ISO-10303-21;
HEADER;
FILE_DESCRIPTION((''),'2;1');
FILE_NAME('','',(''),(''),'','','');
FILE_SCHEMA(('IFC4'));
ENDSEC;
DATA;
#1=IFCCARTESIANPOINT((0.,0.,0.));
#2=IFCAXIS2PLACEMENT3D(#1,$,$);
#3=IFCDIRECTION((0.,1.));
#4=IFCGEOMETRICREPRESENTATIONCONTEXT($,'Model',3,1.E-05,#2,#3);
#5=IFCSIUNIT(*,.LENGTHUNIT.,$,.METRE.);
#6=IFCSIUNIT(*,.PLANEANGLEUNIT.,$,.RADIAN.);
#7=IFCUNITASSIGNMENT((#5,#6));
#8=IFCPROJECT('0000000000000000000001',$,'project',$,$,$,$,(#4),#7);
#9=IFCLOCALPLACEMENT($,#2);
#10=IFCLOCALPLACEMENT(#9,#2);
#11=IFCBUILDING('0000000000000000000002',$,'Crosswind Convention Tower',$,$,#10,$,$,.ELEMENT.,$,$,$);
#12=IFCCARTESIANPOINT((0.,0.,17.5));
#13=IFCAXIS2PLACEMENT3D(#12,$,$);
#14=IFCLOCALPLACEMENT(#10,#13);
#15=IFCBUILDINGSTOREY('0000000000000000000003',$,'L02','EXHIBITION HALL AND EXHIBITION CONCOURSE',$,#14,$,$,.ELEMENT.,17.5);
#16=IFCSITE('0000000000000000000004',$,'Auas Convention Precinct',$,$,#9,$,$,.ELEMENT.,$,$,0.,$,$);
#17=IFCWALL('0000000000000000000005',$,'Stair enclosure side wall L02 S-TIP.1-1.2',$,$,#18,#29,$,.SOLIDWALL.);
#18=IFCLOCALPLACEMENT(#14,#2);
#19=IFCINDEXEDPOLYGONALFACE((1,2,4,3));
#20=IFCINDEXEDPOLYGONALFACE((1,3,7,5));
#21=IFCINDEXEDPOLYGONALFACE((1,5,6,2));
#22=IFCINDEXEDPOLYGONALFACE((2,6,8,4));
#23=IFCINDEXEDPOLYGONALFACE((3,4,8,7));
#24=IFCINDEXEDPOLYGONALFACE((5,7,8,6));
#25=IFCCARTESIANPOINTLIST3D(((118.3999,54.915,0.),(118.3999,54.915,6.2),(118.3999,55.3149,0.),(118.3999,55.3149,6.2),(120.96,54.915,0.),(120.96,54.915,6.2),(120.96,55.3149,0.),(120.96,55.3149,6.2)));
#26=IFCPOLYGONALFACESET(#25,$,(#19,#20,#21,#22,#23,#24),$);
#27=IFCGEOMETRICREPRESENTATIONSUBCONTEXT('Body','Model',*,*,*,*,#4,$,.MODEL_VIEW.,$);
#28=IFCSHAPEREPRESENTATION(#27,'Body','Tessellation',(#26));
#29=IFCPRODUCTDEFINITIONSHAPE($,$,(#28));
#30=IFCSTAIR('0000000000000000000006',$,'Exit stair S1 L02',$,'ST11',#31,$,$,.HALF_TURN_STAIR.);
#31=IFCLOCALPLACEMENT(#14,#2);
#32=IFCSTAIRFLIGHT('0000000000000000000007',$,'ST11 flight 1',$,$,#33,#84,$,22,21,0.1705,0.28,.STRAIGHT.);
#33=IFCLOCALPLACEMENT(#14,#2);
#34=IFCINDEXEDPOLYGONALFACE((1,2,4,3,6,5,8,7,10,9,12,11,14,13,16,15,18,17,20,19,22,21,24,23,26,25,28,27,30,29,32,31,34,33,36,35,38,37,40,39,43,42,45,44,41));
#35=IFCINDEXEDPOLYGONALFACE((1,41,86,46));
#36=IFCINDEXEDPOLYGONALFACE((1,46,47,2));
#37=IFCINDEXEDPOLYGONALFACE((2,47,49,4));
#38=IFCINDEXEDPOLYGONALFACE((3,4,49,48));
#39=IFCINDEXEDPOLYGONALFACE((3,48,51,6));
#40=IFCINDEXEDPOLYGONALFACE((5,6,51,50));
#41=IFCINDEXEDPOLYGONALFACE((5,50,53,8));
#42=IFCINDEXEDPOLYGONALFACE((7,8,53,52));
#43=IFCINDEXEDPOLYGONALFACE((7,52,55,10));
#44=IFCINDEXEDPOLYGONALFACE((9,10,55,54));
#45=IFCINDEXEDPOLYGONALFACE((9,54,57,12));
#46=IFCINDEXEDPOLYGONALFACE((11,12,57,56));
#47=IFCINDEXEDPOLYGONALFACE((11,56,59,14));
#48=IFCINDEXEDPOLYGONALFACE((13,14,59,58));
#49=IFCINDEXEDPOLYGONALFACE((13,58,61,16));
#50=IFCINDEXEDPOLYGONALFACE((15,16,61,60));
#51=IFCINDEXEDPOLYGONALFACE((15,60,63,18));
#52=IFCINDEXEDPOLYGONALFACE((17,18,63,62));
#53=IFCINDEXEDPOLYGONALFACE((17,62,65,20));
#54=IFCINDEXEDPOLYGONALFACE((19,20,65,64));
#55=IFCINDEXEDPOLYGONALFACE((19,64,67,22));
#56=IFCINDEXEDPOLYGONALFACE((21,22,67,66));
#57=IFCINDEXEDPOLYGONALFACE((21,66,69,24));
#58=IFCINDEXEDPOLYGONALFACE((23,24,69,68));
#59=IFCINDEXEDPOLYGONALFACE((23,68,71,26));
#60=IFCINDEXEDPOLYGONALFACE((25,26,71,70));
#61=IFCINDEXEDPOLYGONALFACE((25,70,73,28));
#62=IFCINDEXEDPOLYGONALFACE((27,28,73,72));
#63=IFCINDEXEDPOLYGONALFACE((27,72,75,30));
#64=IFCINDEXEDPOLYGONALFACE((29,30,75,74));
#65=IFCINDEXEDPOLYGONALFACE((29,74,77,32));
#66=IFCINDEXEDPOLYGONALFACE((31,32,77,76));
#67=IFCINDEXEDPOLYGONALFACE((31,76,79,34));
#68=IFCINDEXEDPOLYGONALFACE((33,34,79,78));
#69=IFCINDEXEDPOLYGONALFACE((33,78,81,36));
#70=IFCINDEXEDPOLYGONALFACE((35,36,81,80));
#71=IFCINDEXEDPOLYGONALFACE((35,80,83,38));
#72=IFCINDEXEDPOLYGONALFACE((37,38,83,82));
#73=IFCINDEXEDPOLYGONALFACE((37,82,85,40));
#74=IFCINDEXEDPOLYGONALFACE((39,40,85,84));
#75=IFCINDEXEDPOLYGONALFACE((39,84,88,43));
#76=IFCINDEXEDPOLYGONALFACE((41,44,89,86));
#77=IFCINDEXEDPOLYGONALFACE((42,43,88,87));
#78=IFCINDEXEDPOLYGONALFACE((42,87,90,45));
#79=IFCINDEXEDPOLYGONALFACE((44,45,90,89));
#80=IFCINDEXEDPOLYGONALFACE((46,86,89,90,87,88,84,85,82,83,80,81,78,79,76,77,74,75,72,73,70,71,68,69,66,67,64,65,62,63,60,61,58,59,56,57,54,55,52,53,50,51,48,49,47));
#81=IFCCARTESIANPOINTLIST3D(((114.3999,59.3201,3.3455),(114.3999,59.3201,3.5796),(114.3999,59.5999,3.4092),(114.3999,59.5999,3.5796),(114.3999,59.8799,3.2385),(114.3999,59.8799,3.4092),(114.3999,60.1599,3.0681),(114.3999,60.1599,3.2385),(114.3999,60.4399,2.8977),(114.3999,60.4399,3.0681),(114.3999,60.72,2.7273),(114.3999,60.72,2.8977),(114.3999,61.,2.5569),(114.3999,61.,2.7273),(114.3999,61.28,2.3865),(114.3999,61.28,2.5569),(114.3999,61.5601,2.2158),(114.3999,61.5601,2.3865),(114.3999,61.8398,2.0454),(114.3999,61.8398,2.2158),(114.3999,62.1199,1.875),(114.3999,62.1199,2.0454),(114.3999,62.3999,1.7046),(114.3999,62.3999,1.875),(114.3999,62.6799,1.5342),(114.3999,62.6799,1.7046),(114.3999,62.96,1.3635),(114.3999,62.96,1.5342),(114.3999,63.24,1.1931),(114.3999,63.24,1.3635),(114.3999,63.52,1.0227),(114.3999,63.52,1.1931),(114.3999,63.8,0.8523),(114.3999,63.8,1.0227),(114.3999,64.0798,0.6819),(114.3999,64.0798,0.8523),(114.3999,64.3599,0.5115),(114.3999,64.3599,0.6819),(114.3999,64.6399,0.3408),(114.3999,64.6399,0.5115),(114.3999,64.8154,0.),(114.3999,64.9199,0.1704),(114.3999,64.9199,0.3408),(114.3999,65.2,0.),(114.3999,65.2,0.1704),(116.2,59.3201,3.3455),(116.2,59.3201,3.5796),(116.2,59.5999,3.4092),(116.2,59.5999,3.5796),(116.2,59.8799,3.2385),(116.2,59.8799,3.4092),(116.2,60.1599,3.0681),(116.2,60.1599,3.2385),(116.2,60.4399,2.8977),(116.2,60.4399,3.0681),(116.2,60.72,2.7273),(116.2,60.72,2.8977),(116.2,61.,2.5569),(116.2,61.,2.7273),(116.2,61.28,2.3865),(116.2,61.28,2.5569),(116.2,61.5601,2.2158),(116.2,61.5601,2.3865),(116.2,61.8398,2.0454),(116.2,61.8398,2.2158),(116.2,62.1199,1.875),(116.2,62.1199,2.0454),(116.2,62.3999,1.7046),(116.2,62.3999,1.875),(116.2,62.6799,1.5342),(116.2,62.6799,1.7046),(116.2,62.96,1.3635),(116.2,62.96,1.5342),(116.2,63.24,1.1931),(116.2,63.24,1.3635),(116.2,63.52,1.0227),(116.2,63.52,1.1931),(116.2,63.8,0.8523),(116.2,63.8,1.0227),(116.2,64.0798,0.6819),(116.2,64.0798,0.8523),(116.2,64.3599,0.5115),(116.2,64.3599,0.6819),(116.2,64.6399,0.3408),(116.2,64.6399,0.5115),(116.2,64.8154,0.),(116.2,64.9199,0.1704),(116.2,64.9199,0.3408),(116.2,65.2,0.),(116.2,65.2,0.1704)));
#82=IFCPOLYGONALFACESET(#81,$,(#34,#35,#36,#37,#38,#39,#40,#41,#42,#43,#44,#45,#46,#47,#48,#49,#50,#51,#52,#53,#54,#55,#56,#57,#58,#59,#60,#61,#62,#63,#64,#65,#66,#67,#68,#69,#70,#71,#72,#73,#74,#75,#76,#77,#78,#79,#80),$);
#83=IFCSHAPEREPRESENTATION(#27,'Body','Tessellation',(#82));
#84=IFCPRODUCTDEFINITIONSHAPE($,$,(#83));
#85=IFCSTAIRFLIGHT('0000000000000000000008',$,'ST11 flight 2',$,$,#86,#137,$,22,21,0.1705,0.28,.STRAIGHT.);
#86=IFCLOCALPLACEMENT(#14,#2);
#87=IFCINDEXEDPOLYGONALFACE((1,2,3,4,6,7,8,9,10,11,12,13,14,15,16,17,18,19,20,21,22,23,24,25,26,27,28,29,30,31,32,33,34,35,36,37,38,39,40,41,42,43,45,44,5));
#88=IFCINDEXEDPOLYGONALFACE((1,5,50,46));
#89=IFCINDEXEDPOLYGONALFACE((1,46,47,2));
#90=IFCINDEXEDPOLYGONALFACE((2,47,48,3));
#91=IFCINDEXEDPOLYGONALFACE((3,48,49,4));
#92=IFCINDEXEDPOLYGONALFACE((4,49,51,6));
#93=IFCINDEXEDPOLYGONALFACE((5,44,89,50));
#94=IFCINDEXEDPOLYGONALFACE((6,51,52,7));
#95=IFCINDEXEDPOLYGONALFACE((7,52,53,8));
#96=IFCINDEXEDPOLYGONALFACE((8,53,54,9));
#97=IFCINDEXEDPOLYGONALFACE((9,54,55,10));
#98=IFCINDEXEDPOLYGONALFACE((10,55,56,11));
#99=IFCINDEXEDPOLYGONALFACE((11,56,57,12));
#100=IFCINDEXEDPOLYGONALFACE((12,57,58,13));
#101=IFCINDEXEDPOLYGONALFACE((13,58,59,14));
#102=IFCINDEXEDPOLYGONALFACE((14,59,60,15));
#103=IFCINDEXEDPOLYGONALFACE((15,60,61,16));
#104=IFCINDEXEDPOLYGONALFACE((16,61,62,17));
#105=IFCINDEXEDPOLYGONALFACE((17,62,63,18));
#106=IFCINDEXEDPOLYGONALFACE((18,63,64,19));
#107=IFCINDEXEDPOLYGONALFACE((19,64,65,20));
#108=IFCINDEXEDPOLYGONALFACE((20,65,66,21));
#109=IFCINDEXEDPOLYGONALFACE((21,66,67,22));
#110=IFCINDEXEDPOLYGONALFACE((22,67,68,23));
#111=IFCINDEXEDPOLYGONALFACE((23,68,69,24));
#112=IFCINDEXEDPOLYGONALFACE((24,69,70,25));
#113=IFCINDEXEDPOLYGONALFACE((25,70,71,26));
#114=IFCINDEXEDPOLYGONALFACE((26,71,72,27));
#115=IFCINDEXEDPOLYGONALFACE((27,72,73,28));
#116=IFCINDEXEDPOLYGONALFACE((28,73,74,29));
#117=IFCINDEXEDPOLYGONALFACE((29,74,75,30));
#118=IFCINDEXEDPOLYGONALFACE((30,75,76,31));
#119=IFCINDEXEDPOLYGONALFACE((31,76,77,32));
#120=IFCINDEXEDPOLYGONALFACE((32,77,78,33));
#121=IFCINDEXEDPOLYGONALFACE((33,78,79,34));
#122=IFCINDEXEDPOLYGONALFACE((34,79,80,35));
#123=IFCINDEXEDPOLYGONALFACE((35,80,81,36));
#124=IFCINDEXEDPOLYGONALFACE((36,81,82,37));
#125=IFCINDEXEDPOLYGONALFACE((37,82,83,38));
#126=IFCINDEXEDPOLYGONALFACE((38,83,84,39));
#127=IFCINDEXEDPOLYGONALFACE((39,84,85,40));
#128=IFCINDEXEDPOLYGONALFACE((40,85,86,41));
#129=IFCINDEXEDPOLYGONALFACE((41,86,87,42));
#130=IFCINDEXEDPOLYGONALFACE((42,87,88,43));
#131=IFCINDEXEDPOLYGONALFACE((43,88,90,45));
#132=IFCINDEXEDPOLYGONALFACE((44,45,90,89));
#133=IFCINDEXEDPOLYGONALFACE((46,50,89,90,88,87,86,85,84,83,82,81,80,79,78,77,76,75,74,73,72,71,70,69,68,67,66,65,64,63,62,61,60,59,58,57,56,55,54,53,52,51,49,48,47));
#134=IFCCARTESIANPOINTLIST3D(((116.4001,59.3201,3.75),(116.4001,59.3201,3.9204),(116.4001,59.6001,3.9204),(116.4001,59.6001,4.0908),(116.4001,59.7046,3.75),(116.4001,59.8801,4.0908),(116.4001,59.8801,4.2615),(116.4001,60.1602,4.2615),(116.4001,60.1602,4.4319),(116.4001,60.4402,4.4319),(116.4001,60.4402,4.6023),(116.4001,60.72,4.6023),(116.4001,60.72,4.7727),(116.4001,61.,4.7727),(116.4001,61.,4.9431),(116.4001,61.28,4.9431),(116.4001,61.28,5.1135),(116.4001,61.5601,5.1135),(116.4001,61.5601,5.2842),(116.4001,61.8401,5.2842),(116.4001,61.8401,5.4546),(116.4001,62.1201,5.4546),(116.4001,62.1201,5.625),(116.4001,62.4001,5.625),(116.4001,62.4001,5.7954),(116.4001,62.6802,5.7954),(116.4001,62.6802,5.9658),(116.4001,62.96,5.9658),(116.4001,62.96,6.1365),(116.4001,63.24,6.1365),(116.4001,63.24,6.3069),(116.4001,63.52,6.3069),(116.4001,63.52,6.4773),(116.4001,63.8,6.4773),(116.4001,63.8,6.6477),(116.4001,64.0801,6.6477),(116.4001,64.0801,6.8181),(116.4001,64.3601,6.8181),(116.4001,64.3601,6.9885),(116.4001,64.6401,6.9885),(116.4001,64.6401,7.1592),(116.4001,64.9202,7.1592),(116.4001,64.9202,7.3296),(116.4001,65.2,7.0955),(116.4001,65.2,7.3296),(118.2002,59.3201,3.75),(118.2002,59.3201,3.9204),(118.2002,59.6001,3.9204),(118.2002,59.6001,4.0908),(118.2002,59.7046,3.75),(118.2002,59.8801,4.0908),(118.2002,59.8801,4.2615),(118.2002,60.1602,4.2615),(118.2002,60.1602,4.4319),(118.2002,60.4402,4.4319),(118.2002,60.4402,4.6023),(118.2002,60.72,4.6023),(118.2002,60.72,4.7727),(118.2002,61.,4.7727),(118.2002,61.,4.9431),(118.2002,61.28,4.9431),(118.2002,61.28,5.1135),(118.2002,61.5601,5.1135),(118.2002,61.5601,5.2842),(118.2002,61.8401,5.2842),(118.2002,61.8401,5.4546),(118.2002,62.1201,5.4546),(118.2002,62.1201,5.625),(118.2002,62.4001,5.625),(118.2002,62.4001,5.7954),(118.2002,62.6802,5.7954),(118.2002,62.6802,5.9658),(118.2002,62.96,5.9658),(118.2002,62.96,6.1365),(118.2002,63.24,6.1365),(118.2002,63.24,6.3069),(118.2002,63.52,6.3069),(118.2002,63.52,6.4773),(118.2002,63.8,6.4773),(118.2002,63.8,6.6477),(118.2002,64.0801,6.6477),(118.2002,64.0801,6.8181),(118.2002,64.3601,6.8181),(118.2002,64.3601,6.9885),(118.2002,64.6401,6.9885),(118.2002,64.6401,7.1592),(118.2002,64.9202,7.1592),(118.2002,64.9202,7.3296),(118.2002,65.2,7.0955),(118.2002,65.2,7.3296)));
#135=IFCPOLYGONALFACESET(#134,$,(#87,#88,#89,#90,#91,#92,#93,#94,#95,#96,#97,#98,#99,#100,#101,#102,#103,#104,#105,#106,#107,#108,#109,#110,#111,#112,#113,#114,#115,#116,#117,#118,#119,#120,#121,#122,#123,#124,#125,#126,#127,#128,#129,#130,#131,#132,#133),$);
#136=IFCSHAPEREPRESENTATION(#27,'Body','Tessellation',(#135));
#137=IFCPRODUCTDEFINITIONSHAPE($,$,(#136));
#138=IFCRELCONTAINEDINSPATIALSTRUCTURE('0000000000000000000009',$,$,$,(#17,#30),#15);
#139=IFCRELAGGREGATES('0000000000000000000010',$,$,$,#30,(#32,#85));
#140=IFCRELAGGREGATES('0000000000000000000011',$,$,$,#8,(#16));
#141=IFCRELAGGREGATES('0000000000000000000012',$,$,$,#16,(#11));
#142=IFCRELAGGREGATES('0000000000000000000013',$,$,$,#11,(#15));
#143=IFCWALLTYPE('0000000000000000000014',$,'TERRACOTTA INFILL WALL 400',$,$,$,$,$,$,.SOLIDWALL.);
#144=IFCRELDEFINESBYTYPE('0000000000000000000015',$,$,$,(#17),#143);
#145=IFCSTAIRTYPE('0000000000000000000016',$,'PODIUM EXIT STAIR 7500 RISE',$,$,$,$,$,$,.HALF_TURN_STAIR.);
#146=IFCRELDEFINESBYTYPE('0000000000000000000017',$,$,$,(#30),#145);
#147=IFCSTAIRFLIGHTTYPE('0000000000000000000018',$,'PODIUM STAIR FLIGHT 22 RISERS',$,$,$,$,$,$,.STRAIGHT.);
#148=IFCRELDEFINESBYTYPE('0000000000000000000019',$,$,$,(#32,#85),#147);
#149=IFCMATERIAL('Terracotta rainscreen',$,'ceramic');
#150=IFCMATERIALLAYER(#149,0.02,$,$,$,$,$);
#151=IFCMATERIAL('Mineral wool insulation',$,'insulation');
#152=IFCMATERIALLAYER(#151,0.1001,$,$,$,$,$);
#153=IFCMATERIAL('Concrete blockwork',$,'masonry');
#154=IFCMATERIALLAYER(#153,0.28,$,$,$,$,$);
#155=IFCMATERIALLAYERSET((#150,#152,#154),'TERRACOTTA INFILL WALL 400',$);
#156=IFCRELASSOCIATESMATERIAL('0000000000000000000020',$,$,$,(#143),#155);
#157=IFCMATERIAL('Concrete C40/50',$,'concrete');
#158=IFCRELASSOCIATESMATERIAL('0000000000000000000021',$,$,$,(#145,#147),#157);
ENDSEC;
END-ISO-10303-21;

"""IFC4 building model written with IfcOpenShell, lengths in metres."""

from ifc_helpers import new_model, si_unit, direction, frame, frame_2d, origin, place, context, subcontext, project, spatial, polyline, rectangle, outline, extrude, material, layer, layer_set, type_object, element, aggregate, save


model = new_model("IFC4")

# Units and contexts
model_context = context("Model", 3, precision=1e-05, world=origin(), true_north=direction((0.0, 1.0)))
body_context = subcontext(model_context, "Body", "Model", "MODEL_VIEW")
ifc_project = project(units=[si_unit("LENGTHUNIT", "METRE"), si_unit("PLANEANGLEUNIT", "RADIAN")], contexts=[model_context])

# Site, building, storey
site_placement = place(None, origin())
site = spatial("IfcSite", under=ifc_project, at=site_placement, Name="Auas Convention Precinct", CompositionType="ELEMENT", RefElevation=0.0)
building_placement = place(site_placement, origin())
building = spatial("IfcBuilding", under=site, at=building_placement, Name="Crosswind Convention Tower", CompositionType="ELEMENT")
storey_placement = place(building_placement, frame((0.0, 0.0, 17.5)))
storey = spatial("IfcBuildingStorey", under=building, at=storey_placement, Name="L02", Description="EXHIBITION HALL AND EXHIBITION CONCOURSE", CompositionType="ELEMENT", Elevation=17.5)

# Shared definitions
ifc_material_1 = material(Name="Concrete C40/50", Category="concrete")

# Wall
ifc_material_2 = material(Name="Terracotta rainscreen", Category="ceramic")
ifc_layer_1 = layer(ifc_material_2, 0.02)
ifc_material_3 = material(Name="Mineral wool insulation", Category="insulation")
ifc_layer_2 = layer(ifc_material_3, 0.1001)
ifc_material_4 = material(Name="Concrete blockwork", Category="masonry")
ifc_layer_3 = layer(ifc_material_4, 0.28)
ifc_layer_set_1 = layer_set([ifc_layer_1, ifc_layer_2, ifc_layer_3], Name="TERRACOTTA INFILL WALL 400")
wall_type_1 = type_object("IfcWallType", Name="TERRACOTTA INFILL WALL 400", PredefinedType="SOLIDWALL", material=ifc_layer_set_1)
wall_1_placement = place(storey_placement, frame((118.3999, 55.115, 0.0), z_axis=(0.0, 0.0, 1.0), x_axis=(1.0, 0.0, 0.0)))
element("IfcWall", 1, at=wall_1_placement, inside=storey, type_object=wall_type_1, Name="Stair enclosure side wall L02 S-TIP.1-1.2", PredefinedType="SOLIDWALL", context=body_context, shape_type="SweptSolid", body=[
    extrude(rectangle(XDim=2.5601, YDim=0.3999, at=frame_2d((1.28, 0.0))), origin(), (0.0, 0.0, 1.0), 6.2),
])

# Stair, stair flights
stair_type = type_object("IfcStairType", Name="PODIUM EXIT STAIR 7500 RISE", PredefinedType="HALF_TURN_STAIR", material=ifc_material_1)
stair_placement = place(storey_placement, origin())
stair = element("IfcStair", 2, at=stair_placement, inside=storey, type_object=stair_type, Name="Exit stair S1 L02", ObjectType="ST11", PredefinedType="HALF_TURN_STAIR")
stair_flight_type = type_object("IfcStairFlightType", Name="PODIUM STAIR FLIGHT 22 RISERS", PredefinedType="STRAIGHT", material=ifc_material_1)
stair_flight_1_placement = place(storey_placement, frame((115.3, 65.2, 0.0), z_axis=(0.0, 0.0, 1.0), x_axis=(0.0, -1.0, 0.0)))
stair_flight_1 = element("IfcStairFlight", 3, at=stair_flight_1_placement, type_object=stair_flight_type, Name="ST11 flight 1", NumberOfRisers=22, NumberOfTreads=21, PredefinedType="STRAIGHT", RiserHeight=0.1705, TreadLength=0.28, context=body_context, shape_type="SweptSolid", body=[
    extrude(outline(polyline([(0.0, 0.0), (0.0, 0.1704), (0.28, 0.1704), (0.28, 0.3408), (0.5601, 0.3408), (0.5601, 0.5115), (0.8401, 0.5115), (0.8401, 0.6819), (1.1201, 0.6819), (1.1201, 0.8523), (1.3999, 0.8523), (1.3999, 1.0227), (1.6799, 1.0227), (1.6799, 1.1931), (1.96, 1.1931), (1.96, 1.3635), (2.24, 1.3635), (2.24, 1.5342), (2.52, 1.5342), (2.52, 1.7046), (2.8, 1.7046), (2.8, 1.875), (3.0801, 1.875), (3.0801, 2.0454), (3.3601, 2.0454), (3.3601, 2.2158), (3.6399, 2.2158), (3.6399, 2.3865), (3.9199, 2.3865), (3.9199, 2.5569), (4.2, 2.5569), (4.2, 2.7273), (4.48, 2.7273), (4.48, 2.8977), (4.76, 2.8977), (4.76, 3.0681), (5.04, 3.0681), (5.04, 3.2385), (5.3201, 3.2385), (5.3201, 3.4092), (5.6001, 3.4092), (5.6001, 3.5796), (5.8799, 3.5796), (5.8799, 3.75), (5.8799, 3.3455), (0.3845, 0.0), (0.0, 0.0)])), frame((0.0, 0.8999, 0.0), z_axis=(0.0, -1.0, 0.0), x_axis=(1.0, 0.0, 0.0)), (0.0, 0.0, 1.0), 1.8),
])
stair_flight_2_placement = place(storey_placement, frame((117.3, 59.3201, 3.75), z_axis=(0.0, 0.0, 1.0), x_axis=(0.0, 1.0, 0.0)))
stair_flight_2 = element("IfcStairFlight", 4, at=stair_flight_2_placement, type_object=stair_flight_type, Name="ST11 flight 2", NumberOfRisers=22, NumberOfTreads=21, PredefinedType="STRAIGHT", RiserHeight=0.1705, TreadLength=0.28, context=body_context, shape_type="SweptSolid", body=[
    extrude(outline(polyline([(0.0, 0.0), (0.0, 0.1704), (0.28, 0.1704), (0.28, 0.3408), (0.5601, 0.3408), (0.5601, 0.5115), (0.8401, 0.5115), (0.8401, 0.6819), (1.1201, 0.6819), (1.1201, 0.8523), (1.3999, 0.8523), (1.3999, 1.0227), (1.6799, 1.0227), (1.6799, 1.1931), (1.96, 1.1931), (1.96, 1.3635), (2.24, 1.3635), (2.24, 1.5342), (2.52, 1.5342), (2.52, 1.7046), (2.8, 1.7046), (2.8, 1.875), (3.0801, 1.875), (3.0801, 2.0454), (3.3601, 2.0454), (3.3601, 2.2158), (3.6399, 2.2158), (3.6399, 2.3865), (3.9199, 2.3865), (3.9199, 2.5569), (4.2, 2.5569), (4.2, 2.7273), (4.48, 2.7273), (4.48, 2.8977), (4.76, 2.8977), (4.76, 3.0681), (5.04, 3.0681), (5.04, 3.2385), (5.3201, 3.2385), (5.3201, 3.4092), (5.6001, 3.4092), (5.6001, 3.5796), (5.8799, 3.5796), (5.8799, 3.75), (5.8799, 3.3455), (0.3845, 0.0), (0.0, 0.0)])), frame((0.0, 0.8999, 0.0), z_axis=(0.0, -1.0, 0.0), x_axis=(1.0, 0.0, 0.0)), (0.0, 0.0, 1.0), 1.8),
])
aggregate(stair, [stair_flight_1, stair_flight_2])

save(model, "model.ifc")
